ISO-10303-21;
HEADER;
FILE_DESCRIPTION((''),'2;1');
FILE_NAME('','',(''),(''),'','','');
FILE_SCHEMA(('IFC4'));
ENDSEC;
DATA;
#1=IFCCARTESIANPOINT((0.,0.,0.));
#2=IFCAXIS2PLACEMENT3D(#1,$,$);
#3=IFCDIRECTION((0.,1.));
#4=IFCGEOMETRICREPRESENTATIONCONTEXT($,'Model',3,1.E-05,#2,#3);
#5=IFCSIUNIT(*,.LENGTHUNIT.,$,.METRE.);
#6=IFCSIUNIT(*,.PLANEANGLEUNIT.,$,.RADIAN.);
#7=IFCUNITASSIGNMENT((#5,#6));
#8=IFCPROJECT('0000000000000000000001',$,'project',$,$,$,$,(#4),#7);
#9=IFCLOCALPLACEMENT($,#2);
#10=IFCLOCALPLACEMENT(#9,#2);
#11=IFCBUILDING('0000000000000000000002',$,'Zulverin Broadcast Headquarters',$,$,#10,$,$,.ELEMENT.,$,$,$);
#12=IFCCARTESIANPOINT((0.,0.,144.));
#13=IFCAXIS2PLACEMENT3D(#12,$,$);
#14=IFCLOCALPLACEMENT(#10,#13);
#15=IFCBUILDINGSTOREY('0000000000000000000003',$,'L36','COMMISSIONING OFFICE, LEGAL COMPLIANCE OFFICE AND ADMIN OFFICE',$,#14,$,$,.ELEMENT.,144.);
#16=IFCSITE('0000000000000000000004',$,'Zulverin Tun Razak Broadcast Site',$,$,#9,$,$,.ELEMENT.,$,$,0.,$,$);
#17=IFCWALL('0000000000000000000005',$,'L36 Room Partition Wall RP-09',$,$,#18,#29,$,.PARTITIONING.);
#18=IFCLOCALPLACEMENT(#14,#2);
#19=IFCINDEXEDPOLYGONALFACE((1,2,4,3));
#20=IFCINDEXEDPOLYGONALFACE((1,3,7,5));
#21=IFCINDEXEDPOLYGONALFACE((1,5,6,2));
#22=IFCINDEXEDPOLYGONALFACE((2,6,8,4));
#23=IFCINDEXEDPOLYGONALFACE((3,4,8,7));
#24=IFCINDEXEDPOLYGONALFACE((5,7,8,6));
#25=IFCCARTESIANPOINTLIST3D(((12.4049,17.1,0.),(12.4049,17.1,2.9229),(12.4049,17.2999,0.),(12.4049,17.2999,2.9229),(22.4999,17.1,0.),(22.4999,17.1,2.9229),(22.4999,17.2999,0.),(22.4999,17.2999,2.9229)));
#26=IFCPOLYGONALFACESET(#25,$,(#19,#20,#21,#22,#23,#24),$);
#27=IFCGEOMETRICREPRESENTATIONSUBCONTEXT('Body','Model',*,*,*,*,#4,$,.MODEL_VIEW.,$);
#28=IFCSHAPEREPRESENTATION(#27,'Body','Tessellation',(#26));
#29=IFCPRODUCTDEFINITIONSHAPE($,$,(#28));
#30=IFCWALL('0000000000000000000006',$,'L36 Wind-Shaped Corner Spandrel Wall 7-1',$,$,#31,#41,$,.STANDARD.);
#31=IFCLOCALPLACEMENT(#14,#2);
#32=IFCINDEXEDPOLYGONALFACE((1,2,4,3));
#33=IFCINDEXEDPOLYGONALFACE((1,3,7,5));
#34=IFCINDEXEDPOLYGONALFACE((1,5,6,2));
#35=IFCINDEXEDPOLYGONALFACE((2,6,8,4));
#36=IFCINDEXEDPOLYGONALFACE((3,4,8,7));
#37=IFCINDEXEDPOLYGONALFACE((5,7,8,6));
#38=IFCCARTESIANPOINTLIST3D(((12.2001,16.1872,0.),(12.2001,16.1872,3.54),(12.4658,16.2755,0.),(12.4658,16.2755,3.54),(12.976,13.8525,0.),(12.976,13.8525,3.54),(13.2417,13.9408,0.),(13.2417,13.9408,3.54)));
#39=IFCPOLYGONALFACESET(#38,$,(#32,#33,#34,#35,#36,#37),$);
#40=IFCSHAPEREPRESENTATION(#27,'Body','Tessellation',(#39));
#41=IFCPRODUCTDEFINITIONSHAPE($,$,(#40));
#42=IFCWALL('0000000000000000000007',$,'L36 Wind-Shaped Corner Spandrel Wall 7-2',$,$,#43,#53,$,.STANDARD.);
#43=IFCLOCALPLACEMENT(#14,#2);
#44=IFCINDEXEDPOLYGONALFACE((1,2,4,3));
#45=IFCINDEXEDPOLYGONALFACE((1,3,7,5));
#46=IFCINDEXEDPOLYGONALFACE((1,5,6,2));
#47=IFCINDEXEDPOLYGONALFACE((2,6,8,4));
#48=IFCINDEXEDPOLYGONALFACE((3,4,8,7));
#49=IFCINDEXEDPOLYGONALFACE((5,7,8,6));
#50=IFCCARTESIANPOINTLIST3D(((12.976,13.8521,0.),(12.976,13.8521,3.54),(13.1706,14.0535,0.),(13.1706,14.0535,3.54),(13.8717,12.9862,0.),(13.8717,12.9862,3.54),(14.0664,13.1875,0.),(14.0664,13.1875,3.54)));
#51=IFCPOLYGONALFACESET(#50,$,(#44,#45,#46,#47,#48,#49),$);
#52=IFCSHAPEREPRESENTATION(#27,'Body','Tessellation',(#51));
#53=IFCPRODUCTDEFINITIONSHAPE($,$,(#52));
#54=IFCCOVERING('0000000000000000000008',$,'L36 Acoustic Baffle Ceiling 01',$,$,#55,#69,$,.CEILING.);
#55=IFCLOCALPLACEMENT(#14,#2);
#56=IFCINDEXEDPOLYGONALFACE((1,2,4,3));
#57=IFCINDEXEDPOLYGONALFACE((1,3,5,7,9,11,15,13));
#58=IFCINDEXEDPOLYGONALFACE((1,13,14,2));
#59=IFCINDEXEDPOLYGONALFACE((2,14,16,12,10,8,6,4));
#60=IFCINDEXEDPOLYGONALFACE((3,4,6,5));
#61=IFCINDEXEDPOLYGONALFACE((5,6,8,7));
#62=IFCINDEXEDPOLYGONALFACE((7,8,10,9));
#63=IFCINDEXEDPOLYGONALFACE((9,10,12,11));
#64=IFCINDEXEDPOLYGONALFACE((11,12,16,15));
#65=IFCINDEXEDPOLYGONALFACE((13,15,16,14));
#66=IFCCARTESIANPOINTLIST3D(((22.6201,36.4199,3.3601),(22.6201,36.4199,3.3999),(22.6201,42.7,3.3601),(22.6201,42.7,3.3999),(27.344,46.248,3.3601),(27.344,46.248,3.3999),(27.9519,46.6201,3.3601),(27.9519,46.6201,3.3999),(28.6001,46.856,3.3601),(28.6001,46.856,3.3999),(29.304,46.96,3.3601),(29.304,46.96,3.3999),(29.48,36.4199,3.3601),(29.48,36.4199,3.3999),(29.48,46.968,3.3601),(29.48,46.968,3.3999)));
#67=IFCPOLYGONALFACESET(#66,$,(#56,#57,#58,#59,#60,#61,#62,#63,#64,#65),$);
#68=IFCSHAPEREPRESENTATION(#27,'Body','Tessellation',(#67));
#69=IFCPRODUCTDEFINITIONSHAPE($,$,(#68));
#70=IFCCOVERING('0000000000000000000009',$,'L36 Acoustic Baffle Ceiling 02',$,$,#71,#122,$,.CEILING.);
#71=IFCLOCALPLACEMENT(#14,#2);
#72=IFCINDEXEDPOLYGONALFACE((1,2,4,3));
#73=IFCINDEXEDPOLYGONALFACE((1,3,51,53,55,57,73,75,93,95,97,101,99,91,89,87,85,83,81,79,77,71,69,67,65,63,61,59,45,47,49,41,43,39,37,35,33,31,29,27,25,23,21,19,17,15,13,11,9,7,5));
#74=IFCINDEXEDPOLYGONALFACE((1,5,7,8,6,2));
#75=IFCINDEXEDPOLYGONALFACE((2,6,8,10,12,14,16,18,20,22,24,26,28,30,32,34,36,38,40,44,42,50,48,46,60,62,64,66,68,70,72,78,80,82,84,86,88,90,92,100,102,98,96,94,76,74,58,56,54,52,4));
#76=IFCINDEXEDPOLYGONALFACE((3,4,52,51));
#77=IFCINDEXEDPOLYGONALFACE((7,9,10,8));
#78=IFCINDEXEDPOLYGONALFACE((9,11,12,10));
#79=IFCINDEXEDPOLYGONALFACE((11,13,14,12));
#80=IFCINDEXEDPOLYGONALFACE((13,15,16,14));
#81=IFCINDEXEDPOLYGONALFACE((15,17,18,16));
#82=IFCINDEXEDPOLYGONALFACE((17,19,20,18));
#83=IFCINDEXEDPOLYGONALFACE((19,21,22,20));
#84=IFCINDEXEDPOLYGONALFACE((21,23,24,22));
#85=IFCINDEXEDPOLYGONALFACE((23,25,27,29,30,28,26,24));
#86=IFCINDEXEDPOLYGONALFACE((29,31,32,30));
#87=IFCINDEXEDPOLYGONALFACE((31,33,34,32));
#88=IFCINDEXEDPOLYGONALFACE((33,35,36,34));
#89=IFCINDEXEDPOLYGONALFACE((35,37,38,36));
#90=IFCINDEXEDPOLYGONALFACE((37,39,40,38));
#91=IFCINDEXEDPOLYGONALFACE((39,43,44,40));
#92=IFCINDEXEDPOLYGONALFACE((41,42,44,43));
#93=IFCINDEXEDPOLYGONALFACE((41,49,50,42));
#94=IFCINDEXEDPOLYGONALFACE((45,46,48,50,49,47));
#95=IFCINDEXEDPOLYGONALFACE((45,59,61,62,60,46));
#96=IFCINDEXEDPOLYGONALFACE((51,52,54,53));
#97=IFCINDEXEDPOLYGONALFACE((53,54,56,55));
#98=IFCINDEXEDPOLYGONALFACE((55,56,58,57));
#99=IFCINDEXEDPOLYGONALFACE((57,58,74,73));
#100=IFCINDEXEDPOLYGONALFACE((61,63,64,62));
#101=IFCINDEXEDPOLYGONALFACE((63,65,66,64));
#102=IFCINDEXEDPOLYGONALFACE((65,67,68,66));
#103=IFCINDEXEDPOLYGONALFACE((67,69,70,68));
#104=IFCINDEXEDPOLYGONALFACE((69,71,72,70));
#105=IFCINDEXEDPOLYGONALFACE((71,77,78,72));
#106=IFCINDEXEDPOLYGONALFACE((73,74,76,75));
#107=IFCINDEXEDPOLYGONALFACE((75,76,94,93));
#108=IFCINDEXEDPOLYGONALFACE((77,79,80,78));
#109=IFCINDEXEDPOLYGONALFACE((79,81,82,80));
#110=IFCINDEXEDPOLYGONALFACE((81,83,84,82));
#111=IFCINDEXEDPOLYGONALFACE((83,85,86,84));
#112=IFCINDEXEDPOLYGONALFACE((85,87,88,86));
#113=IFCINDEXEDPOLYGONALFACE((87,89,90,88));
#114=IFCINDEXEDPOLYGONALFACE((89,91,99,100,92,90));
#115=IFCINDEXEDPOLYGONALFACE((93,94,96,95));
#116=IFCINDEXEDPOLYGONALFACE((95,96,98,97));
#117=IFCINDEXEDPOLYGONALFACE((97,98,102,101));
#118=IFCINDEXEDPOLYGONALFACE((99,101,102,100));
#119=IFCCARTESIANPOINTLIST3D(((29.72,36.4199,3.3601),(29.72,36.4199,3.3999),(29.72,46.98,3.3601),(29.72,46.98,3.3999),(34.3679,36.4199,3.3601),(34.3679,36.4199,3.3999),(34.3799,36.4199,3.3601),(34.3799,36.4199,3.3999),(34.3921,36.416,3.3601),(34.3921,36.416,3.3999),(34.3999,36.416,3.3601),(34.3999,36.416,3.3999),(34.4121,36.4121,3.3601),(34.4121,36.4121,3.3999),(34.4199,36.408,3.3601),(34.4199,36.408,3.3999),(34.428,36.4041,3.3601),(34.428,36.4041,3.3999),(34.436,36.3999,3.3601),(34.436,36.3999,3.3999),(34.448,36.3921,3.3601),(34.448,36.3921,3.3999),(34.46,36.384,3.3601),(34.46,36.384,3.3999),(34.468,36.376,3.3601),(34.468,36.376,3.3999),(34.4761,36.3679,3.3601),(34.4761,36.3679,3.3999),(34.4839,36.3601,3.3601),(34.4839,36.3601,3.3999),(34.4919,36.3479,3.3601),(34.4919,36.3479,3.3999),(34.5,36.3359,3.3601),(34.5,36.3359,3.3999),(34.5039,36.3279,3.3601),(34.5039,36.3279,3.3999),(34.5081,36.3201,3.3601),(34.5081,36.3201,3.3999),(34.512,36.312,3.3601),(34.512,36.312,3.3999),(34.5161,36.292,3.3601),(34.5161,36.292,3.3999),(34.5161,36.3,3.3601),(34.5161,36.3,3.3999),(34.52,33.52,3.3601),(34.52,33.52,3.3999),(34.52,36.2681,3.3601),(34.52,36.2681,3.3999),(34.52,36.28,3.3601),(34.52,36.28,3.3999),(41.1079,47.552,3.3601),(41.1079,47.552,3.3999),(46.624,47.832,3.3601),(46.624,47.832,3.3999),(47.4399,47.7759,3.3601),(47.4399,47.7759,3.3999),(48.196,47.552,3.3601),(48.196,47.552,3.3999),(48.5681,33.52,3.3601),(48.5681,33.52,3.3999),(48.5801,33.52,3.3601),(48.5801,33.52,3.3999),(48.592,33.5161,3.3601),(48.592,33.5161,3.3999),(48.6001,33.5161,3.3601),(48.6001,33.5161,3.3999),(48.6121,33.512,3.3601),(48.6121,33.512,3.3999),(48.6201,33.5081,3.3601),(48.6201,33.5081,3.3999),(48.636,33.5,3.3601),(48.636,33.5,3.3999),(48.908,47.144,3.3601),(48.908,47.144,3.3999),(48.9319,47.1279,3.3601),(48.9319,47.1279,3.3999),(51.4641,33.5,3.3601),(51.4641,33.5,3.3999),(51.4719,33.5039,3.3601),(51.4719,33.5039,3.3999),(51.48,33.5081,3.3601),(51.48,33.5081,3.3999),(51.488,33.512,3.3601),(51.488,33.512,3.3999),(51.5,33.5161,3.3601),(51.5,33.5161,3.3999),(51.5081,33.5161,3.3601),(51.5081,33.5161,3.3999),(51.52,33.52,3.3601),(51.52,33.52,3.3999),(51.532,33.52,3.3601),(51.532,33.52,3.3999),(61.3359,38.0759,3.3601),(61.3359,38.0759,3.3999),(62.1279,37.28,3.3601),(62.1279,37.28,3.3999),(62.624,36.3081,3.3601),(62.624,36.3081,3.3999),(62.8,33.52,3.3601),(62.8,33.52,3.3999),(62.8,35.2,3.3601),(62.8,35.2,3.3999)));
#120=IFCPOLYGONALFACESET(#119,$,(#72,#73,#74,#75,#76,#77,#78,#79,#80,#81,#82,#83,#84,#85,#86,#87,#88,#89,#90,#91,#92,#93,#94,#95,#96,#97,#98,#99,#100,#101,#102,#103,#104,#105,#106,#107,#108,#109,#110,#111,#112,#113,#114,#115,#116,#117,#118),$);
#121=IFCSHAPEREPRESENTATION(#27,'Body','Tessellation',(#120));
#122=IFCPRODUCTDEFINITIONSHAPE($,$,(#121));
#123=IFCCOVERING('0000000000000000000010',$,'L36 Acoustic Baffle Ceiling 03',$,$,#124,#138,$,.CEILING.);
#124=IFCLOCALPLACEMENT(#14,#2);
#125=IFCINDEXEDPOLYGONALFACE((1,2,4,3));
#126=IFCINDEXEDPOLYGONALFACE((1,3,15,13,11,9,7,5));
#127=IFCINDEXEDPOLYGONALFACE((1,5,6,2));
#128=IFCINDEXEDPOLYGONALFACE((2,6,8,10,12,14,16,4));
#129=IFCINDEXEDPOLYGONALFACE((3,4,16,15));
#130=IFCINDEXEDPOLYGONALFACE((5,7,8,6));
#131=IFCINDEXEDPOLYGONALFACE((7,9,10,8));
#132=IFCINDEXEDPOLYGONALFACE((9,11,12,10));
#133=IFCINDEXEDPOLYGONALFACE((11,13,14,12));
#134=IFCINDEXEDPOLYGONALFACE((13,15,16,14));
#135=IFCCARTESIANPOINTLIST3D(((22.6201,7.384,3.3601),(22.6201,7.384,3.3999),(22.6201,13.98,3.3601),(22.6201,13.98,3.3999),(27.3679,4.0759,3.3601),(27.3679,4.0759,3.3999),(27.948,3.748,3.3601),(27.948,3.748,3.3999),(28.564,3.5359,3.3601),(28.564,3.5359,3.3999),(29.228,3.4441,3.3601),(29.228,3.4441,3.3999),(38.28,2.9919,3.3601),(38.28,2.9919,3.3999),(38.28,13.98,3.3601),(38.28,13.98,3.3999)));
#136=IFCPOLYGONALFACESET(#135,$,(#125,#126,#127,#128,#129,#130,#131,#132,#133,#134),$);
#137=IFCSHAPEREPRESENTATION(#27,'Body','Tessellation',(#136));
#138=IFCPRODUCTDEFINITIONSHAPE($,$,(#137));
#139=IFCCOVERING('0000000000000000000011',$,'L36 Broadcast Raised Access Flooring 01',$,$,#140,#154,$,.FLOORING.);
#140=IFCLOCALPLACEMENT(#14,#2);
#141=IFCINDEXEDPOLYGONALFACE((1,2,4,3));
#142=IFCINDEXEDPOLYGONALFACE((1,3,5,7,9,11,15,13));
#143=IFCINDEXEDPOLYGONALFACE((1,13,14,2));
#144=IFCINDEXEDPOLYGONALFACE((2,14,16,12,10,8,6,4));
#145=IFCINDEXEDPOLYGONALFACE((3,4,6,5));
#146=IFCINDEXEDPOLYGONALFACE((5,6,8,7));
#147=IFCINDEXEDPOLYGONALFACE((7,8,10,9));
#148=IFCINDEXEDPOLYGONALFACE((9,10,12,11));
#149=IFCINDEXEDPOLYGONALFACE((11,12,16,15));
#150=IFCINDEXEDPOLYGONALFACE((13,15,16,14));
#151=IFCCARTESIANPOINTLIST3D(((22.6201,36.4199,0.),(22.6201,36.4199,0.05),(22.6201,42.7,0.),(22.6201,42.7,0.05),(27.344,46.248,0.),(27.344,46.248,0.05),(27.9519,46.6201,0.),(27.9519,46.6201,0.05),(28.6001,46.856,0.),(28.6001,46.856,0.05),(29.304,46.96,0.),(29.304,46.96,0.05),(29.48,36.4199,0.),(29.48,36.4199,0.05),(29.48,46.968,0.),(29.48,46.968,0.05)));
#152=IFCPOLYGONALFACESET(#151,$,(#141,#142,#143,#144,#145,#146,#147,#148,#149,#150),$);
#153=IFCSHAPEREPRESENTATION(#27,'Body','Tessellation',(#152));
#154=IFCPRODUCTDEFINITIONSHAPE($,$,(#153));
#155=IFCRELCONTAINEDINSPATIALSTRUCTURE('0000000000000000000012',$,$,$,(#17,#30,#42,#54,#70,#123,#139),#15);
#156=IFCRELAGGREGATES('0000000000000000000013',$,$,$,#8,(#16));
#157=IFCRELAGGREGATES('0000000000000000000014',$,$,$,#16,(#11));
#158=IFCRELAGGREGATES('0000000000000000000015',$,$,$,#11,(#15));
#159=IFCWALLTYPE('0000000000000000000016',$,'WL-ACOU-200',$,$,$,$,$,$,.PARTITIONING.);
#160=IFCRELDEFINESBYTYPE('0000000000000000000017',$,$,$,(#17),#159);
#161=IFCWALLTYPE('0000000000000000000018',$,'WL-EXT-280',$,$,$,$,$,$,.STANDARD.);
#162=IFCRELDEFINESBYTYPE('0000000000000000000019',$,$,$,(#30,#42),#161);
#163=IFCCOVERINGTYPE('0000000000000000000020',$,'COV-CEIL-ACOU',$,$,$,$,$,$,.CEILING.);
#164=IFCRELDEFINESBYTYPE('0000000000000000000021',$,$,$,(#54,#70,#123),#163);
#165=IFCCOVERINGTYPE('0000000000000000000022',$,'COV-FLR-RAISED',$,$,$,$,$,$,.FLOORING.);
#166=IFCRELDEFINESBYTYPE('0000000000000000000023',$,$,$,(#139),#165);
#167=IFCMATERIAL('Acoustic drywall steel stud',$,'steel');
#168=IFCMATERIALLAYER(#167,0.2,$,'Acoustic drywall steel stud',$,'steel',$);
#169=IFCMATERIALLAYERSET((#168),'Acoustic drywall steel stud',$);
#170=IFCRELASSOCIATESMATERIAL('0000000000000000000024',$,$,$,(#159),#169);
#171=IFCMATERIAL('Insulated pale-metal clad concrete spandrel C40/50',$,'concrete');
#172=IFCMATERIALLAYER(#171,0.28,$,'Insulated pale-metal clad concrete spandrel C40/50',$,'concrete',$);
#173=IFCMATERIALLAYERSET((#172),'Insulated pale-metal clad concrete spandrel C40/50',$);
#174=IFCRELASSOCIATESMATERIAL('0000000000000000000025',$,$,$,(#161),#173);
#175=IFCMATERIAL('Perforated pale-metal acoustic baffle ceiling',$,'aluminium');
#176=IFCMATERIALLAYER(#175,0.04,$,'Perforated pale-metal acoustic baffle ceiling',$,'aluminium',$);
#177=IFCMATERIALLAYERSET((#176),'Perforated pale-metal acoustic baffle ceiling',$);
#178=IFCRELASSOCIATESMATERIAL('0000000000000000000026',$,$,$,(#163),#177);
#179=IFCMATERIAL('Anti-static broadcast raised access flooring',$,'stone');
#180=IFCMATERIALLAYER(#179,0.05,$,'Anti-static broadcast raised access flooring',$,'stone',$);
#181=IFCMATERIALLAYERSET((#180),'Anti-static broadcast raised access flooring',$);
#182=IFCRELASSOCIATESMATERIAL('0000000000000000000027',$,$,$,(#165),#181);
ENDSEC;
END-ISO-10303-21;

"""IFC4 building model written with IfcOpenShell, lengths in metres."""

from ifc_helpers import new_model, si_unit, direction, frame, frame_2d, origin, place, context, subcontext, project, spatial, polyline, rectangle, outline, extrude, material, layer, layer_set, type_object, element, save


model = new_model("IFC4")

# Units and contexts
model_context = context("Model", 3, precision=1e-05, world=origin(), true_north=direction((0.0, 1.0)))
body_context = subcontext(model_context, "Body", "Model", "MODEL_VIEW")
ifc_project = project(units=[si_unit("LENGTHUNIT", "METRE"), si_unit("PLANEANGLEUNIT", "RADIAN")], contexts=[model_context])

# Site, building, storey
site_placement = place(None, origin())
site = spatial("IfcSite", under=ifc_project, at=site_placement, Name="Zulverin Tun Razak Broadcast Site", CompositionType="ELEMENT", RefElevation=0.0)
building_placement = place(site_placement, origin())
building = spatial("IfcBuilding", under=site, at=building_placement, Name="Zulverin Broadcast Headquarters", CompositionType="ELEMENT")
storey_placement = place(building_placement, frame((0.0, 0.0, 144.0)))
storey = spatial("IfcBuildingStorey", under=building, at=storey_placement, Name="L36", Description="COMMISSIONING OFFICE, LEGAL COMPLIANCE OFFICE AND ADMIN OFFICE", CompositionType="ELEMENT", Elevation=144.0)

# Walls
ifc_material_1 = material(Name="Acoustic drywall steel stud", Category="steel")
ifc_layer_1 = layer(ifc_material_1, 0.2, Name="Acoustic drywall steel stud", Category="steel")
ifc_layer_set_1 = layer_set([ifc_layer_1], Name="Acoustic drywall steel stud")
wall_type_1 = type_object("IfcWallType", Name="WL-ACOU-200", PredefinedType="PARTITIONING", material=ifc_layer_set_1)
wall_1_placement = place(storey_placement, frame((12.405, 17.2, 0.0), z_axis=(0.0, 0.0, 1.0), x_axis=(1.0, 0.0, 0.0)))
element("IfcWall", 1, at=wall_1_placement, inside=storey, type_object=wall_type_1, Name="L36 Room Partition Wall RP-09", PredefinedType="PARTITIONING", context=body_context, shape_type="SweptSolid", body=[
    extrude(rectangle(XDim=10.095, YDim=0.2, at=frame_2d((5.0474, 0.0))), origin(), (0.0, 0.0, 1.0), 2.9229),
])
ifc_material_2 = material(Name="Insulated pale-metal clad concrete spandrel C40/50", Category="concrete")
ifc_layer_2 = layer(ifc_material_2, 0.28, Name="Insulated pale-metal clad concrete spandrel C40/50", Category="concrete")
ifc_layer_set_2 = layer_set([ifc_layer_2], Name="Insulated pale-metal clad concrete spandrel C40/50")
wall_type_2 = type_object("IfcWallType", Name="WL-EXT-280", PredefinedType="STANDARD", material=ifc_layer_set_2)
wall_2_placement = place(storey_placement, frame((12.333, 16.2312, 0.0), z_axis=(0.0, 0.0, 1.0), x_axis=(0.315364, -0.948971, 0.0)))
element("IfcWall", 2, at=wall_2_placement, inside=storey, type_object=wall_type_2, Name="L36 Wind-Shaped Corner Spandrel Wall 7-1", PredefinedType="STANDARD", context=body_context, shape_type="SweptSolid", body=[
    extrude(rectangle(XDim=2.4602, YDim=0.28, at=frame_2d((1.23, 0.0))), origin(), (0.0, 0.0, 1.0), 3.54),
])
wall_3_placement = place(storey_placement, frame((13.0732, 13.9529, 0.0), z_axis=(0.0, 0.0, 1.0), x_axis=(0.718959, -0.695052, 0.0)))
element("IfcWall", 3, at=wall_3_placement, inside=storey, type_object=wall_type_2, Name="L36 Wind-Shaped Corner Spandrel Wall 7-2", PredefinedType="STANDARD", context=body_context, shape_type="SweptSolid", body=[
    extrude(rectangle(XDim=1.2458, YDim=0.28, at=frame_2d((0.623, 0.0))), origin(), (0.0, 0.0, 1.0), 3.54),
])

# Coverings
ifc_material_3 = material(Name="Perforated pale-metal acoustic baffle ceiling", Category="aluminium")
ifc_layer_3 = layer(ifc_material_3, 0.04, Name="Perforated pale-metal acoustic baffle ceiling", Category="aluminium")
ifc_layer_set_3 = layer_set([ifc_layer_3], Name="Perforated pale-metal acoustic baffle ceiling")
covering_type_1 = type_object("IfcCoveringType", Name="COV-CEIL-ACOU", PredefinedType="CEILING", material=ifc_layer_set_3)
covering_1_placement = place(storey_placement, frame((0.0, 0.0, 3.3601)))
element("IfcCovering", 4, at=covering_1_placement, inside=storey, type_object=covering_type_1, Name="L36 Acoustic Baffle Ceiling 01", PredefinedType="CEILING", context=body_context, shape_type="SweptSolid", body=[
    extrude(outline(polyline([(29.48, 36.4199), (29.48, 46.968), (29.304, 46.96), (28.6001, 46.856), (27.9519, 46.6201), (27.344, 46.248), (22.6201, 42.7), (22.6201, 36.4199), (29.48, 36.4199)])), origin(), (0.0, 0.0, 1.0), 0.0398),
])
covering_2_placement = place(storey_placement, frame((0.0, 0.0, 3.3601)))
element("IfcCovering", 5, at=covering_2_placement, inside=storey, type_object=covering_type_1, Name="L36 Acoustic Baffle Ceiling 02", PredefinedType="CEILING", context=body_context, shape_type="SweptSolid", body=[
    extrude(outline(polyline([(47.4399, 47.7759), (46.624, 47.832), (41.1079, 47.552), (29.72, 46.98), (29.72, 36.4199), (34.3679, 36.4199), (34.3799, 36.4199), (34.3921, 36.416), (34.3999, 36.416), (34.4121, 36.4121), (34.4199, 36.408), (34.428, 36.4041), (34.436, 36.3999), (34.448, 36.3921), (34.46, 36.384), (34.468, 36.376), (34.4761, 36.3679), (34.4839, 36.3601), (34.4919, 36.3479), (34.5, 36.3359), (34.5039, 36.3279), (34.5081, 36.3201), (34.512, 36.312), (34.5161, 36.3), (34.5161, 36.292), (34.52, 36.28), (34.52, 36.2681), (34.52, 33.52), (48.5681, 33.52), (48.5801, 33.52), (48.592, 33.5161), (48.6001, 33.5161), (48.6121, 33.512), (48.6201, 33.5081), (48.636, 33.5), (51.4641, 33.5), (51.4719, 33.5039), (51.48, 33.5081), (51.488, 33.512), (51.5, 33.5161), (51.5081, 33.5161), (51.52, 33.52), (51.532, 33.52), (62.8, 33.52), (62.8, 35.2), (62.624, 36.3081), (62.1279, 37.28), (61.3359, 38.0759), (48.9319, 47.1279), (48.908, 47.144), (48.196, 47.552), (47.4399, 47.7759)])), origin(), (0.0, 0.0, 1.0), 0.0398),
])
covering_3_placement = place(storey_placement, frame((0.0, 0.0, 3.3601)))
element("IfcCovering", 6, at=covering_3_placement, inside=storey, type_object=covering_type_1, Name="L36 Acoustic Baffle Ceiling 03", PredefinedType="CEILING", context=body_context, shape_type="SweptSolid", body=[
    extrude(outline(polyline([(27.948, 3.748), (28.564, 3.5359), (29.228, 3.4441), (38.28, 2.9919), (38.28, 13.98), (22.6201, 13.98), (22.6201, 7.384), (27.3679, 4.0759), (27.948, 3.748)])), origin(), (0.0, 0.0, 1.0), 0.0398),
])
ifc_material_4 = material(Name="Anti-static broadcast raised access flooring", Category="stone")
ifc_layer_4 = layer(ifc_material_4, 0.05, Name="Anti-static broadcast raised access flooring", Category="stone")
ifc_layer_set_4 = layer_set([ifc_layer_4], Name="Anti-static broadcast raised access flooring")
covering_type_2 = type_object("IfcCoveringType", Name="COV-FLR-RAISED", PredefinedType="FLOORING", material=ifc_layer_set_4)
covering_4_placement = place(storey_placement, origin())
element("IfcCovering", 7, at=covering_4_placement, inside=storey, type_object=covering_type_2, Name="L36 Broadcast Raised Access Flooring 01", PredefinedType="FLOORING", context=body_context, shape_type="SweptSolid", body=[
    extrude(outline(polyline([(29.48, 36.4199), (29.48, 46.968), (29.304, 46.96), (28.6001, 46.856), (27.9519, 46.6201), (27.344, 46.248), (22.6201, 42.7), (22.6201, 36.4199), (29.48, 36.4199)])), origin(), (0.0, 0.0, 1.0), 0.05),
])

save(model, "model.ifc")
